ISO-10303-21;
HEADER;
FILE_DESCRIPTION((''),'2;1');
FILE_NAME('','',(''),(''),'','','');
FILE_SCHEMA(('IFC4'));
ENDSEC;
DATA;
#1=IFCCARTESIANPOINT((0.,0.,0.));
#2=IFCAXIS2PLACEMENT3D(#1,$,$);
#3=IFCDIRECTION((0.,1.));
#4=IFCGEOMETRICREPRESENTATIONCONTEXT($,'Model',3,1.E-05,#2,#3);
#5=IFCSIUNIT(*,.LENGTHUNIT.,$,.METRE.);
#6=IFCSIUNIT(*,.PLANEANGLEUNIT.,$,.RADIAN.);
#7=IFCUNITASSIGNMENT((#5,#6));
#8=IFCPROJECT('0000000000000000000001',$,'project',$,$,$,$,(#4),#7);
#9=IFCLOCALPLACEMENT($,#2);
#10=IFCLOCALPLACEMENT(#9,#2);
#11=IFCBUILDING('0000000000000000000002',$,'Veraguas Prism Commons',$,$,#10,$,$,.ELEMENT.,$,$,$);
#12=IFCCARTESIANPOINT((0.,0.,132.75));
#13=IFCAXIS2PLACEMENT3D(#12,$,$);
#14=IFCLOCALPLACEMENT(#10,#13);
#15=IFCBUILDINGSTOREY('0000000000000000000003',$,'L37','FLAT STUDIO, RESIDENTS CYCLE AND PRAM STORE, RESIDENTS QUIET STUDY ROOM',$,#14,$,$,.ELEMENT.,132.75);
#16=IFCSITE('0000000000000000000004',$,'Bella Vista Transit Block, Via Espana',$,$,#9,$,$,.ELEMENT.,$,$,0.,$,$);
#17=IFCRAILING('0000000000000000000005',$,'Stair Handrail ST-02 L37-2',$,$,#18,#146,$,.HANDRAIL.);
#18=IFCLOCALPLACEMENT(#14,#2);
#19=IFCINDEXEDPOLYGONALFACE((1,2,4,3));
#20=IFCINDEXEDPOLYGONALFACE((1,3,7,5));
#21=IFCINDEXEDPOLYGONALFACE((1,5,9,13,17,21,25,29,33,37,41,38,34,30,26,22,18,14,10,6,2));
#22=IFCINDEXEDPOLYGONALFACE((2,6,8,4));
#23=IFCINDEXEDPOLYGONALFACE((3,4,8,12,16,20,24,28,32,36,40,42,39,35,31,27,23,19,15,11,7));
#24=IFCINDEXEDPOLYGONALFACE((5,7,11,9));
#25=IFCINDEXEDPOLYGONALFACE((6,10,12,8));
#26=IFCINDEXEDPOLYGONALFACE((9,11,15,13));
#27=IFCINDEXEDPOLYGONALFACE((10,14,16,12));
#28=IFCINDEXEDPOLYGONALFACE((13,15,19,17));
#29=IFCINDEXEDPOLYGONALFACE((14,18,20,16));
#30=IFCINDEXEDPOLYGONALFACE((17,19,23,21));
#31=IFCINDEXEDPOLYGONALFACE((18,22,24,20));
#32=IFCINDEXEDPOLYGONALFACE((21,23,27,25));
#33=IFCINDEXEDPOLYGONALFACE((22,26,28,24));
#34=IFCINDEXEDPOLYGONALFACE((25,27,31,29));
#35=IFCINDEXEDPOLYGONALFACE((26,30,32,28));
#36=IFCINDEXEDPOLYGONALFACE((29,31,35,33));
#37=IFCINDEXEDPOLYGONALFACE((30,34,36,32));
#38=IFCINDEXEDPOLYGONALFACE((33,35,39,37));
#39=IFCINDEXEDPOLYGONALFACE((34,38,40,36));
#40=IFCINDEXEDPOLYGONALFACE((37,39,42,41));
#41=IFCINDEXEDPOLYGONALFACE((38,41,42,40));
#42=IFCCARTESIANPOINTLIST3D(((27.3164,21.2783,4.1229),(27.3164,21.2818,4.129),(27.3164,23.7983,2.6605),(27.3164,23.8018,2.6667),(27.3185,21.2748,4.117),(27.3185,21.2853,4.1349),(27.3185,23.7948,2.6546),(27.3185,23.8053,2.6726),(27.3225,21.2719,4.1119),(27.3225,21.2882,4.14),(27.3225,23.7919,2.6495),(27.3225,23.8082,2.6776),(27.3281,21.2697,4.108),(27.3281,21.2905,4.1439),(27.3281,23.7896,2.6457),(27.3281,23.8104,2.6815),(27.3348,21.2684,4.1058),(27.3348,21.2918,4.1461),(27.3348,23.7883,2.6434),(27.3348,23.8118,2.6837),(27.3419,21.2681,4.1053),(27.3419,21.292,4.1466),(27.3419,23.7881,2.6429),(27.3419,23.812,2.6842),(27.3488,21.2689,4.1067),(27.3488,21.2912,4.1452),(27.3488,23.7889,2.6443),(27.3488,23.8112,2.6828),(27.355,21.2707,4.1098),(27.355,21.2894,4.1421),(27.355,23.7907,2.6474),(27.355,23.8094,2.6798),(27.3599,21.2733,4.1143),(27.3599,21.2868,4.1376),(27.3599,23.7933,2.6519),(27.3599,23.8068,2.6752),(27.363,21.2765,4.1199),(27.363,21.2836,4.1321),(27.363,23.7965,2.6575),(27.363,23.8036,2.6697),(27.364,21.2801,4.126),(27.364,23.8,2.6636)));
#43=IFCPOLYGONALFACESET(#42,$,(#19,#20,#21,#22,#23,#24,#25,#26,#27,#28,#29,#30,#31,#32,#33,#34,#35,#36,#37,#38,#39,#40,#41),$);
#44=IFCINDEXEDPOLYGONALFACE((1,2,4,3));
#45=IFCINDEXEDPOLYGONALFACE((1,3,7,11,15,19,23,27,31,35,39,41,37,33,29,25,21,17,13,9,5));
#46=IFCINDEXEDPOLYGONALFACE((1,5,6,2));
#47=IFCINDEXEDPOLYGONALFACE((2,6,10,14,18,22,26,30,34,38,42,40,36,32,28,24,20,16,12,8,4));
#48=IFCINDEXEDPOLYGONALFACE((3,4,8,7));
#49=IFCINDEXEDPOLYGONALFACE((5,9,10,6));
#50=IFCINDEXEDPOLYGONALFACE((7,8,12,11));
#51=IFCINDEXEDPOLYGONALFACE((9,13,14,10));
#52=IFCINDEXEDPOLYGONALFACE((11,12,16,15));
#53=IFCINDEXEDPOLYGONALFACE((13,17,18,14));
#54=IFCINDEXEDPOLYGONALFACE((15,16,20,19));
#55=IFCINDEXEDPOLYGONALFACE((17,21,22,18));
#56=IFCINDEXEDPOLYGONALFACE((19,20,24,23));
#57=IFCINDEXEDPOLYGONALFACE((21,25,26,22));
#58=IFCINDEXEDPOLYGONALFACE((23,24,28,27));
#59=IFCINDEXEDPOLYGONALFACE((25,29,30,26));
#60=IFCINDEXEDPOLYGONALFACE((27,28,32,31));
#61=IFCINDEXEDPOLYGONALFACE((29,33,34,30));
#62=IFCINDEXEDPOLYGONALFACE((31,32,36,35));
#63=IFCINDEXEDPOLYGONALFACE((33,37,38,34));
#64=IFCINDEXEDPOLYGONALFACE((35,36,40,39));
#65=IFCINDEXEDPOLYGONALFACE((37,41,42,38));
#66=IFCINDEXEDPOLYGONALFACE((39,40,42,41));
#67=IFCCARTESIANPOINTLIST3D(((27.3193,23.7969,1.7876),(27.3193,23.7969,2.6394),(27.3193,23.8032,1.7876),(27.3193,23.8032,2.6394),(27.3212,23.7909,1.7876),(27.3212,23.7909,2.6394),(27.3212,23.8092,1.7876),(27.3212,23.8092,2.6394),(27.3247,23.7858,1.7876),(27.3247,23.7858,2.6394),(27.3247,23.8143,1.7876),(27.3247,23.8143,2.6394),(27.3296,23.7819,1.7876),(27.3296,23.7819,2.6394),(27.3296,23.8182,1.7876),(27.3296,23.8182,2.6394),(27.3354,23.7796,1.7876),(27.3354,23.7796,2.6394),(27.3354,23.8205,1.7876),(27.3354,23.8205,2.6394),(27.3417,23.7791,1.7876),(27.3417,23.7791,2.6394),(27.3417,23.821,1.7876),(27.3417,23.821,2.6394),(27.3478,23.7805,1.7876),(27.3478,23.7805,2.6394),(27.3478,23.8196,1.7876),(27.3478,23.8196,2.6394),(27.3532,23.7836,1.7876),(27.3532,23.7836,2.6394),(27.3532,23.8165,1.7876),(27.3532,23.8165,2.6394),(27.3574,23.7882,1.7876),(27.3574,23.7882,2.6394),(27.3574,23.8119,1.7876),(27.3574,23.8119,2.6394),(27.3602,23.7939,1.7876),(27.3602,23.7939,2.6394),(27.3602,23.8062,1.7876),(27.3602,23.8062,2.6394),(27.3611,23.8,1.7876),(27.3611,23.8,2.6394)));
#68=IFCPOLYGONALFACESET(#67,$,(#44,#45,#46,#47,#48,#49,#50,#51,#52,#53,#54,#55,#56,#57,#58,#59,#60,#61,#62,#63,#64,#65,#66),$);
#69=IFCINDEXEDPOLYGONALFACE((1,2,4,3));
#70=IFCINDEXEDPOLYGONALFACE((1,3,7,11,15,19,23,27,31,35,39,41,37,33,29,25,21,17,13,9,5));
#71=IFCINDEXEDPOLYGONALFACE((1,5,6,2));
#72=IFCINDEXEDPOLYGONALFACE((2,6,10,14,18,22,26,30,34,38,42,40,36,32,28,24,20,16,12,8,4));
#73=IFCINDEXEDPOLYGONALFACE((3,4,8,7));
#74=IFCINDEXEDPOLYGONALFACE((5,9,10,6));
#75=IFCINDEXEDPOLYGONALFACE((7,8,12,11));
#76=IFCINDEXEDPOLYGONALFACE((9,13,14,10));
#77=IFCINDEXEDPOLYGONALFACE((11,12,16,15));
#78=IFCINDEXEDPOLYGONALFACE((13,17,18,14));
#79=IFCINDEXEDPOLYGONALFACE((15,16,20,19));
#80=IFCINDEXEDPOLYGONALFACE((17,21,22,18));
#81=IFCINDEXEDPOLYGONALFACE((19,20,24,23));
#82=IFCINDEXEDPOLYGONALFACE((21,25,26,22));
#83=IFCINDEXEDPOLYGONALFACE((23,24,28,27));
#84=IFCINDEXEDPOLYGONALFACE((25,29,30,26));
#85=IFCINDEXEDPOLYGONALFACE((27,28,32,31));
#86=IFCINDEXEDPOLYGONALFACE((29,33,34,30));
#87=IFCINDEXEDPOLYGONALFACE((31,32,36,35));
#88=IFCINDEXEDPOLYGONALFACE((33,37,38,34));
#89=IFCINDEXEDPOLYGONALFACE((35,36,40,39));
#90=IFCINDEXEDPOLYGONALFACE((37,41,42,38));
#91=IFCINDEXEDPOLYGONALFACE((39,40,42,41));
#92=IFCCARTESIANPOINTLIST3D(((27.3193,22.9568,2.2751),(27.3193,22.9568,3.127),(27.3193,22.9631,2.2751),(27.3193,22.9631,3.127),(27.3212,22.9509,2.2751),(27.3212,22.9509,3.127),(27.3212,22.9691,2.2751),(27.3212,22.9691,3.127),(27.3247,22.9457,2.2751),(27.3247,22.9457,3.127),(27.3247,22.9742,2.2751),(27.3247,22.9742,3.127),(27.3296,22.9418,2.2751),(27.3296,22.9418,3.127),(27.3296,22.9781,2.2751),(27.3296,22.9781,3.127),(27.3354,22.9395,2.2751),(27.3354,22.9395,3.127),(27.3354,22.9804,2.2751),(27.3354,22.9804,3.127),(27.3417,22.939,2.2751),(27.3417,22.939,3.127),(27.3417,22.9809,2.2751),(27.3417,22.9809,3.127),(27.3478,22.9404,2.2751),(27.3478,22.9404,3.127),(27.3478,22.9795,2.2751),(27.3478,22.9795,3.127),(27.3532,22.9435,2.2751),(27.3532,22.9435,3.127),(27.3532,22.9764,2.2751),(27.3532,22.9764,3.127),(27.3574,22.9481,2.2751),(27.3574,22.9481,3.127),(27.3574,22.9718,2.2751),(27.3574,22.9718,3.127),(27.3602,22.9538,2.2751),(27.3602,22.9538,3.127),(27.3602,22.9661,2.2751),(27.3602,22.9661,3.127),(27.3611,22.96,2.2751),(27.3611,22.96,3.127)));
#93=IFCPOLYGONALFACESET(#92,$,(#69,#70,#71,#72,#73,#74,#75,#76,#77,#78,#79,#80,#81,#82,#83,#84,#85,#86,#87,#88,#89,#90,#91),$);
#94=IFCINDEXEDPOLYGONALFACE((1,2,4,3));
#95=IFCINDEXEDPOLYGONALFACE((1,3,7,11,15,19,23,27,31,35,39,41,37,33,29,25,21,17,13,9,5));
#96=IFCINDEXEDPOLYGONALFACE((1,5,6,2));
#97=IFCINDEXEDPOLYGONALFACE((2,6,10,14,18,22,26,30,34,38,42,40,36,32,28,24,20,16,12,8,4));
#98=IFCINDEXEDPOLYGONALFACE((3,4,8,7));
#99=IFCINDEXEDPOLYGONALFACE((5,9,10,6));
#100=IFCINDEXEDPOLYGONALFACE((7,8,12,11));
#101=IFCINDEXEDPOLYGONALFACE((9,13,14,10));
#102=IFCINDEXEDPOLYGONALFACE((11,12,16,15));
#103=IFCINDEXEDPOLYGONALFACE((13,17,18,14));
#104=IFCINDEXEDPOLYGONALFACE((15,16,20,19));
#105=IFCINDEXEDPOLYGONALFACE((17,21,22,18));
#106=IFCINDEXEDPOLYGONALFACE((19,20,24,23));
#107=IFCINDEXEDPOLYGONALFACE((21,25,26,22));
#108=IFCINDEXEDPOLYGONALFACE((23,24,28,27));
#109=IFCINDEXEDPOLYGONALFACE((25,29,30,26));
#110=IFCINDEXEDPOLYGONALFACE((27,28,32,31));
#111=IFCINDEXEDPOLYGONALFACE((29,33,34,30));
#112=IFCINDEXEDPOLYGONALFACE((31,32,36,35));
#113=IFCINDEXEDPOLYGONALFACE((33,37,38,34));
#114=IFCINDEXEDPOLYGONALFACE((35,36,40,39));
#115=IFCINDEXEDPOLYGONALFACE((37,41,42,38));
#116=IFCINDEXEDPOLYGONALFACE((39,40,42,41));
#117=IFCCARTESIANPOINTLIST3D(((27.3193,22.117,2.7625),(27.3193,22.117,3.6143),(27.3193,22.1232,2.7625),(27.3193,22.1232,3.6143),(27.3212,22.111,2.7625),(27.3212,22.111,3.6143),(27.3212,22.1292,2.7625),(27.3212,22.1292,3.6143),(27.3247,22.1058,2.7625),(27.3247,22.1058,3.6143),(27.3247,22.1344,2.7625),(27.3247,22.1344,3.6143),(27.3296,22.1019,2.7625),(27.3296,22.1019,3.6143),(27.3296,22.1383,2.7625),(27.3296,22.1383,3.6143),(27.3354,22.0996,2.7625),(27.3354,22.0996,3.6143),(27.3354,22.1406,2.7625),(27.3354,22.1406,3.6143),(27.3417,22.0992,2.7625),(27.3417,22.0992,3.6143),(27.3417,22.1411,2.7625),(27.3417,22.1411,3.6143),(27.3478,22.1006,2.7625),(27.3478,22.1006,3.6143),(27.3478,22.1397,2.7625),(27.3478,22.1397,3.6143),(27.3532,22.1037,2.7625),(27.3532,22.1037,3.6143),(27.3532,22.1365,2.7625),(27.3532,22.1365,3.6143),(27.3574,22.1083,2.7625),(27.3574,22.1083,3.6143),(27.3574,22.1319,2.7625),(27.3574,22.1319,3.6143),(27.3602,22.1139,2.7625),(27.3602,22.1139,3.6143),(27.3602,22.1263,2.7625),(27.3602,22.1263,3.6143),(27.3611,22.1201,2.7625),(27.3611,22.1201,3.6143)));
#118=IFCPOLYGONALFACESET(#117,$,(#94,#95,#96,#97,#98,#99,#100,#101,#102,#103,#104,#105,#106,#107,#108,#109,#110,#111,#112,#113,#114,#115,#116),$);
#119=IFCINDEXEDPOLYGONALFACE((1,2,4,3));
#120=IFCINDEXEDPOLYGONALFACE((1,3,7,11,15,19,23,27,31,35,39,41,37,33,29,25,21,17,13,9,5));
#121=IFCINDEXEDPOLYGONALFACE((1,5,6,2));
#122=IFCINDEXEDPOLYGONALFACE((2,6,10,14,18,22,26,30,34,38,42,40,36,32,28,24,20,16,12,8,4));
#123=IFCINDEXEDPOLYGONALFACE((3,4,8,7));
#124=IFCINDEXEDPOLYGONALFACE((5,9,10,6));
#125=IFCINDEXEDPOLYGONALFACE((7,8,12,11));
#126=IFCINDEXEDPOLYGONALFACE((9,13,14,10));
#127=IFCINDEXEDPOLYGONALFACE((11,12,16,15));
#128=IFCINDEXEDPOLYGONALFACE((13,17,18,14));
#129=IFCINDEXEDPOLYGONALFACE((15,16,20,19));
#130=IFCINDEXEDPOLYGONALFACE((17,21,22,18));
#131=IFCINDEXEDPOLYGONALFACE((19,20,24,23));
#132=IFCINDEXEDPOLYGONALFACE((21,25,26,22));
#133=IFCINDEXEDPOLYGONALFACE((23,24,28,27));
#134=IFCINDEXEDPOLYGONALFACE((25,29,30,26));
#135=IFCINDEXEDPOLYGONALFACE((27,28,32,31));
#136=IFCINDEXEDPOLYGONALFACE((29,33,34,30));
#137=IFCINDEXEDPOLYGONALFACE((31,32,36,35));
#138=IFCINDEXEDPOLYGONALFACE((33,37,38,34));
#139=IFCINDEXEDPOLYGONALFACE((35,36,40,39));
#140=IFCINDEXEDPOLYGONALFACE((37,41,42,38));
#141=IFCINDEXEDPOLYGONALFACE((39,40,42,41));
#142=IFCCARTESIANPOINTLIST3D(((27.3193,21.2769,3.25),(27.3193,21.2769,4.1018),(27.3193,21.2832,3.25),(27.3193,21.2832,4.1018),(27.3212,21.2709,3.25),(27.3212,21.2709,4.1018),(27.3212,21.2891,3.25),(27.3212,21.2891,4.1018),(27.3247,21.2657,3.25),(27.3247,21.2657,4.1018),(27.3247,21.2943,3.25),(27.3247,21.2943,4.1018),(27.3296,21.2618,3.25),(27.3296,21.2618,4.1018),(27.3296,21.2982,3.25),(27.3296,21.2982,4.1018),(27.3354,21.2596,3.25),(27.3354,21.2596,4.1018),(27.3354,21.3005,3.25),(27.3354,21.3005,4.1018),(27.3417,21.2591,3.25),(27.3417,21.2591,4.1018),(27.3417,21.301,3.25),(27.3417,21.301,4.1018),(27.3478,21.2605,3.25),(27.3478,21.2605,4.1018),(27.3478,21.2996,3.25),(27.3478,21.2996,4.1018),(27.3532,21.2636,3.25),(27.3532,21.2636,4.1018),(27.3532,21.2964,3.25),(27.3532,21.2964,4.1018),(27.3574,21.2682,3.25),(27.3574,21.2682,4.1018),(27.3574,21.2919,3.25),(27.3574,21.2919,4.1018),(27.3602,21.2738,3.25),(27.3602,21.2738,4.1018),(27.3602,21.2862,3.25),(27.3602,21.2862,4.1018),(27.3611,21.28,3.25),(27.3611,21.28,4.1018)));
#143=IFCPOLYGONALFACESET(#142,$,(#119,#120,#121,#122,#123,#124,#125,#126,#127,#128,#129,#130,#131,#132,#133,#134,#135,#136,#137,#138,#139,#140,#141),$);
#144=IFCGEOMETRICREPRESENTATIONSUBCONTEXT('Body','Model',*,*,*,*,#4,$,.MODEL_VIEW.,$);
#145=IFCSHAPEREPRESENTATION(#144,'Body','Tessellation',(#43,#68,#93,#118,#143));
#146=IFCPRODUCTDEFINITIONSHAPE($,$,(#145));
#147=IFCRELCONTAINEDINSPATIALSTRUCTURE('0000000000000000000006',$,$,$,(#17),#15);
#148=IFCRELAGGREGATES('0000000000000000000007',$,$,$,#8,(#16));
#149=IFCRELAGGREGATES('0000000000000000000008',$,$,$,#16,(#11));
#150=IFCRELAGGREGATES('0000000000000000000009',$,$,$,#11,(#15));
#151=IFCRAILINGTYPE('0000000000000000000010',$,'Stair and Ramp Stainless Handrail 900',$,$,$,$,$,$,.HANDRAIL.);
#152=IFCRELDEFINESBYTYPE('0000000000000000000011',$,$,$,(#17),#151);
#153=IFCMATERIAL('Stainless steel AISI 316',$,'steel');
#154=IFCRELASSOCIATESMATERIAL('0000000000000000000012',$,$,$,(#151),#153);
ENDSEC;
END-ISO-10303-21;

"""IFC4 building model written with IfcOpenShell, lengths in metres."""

from ifc_helpers import new_model, si_unit, direction, frame, origin, origin_2d, place, context, subcontext, project, spatial, circle, extrude, material, type_object, element, save


model = new_model("IFC4")

# Units and contexts
model_context = context("Model", 3, precision=1e-05, world=origin(), true_north=direction((0.0, 1.0)))
body_context = subcontext(model_context, "Body", "Model", "MODEL_VIEW")
ifc_project = project(units=[si_unit("LENGTHUNIT", "METRE"), si_unit("PLANEANGLEUNIT", "RADIAN")], contexts=[model_context])

# Site, building, storey
site_placement = place(None, origin())
site = spatial("IfcSite", under=ifc_project, at=site_placement, Name="Bella Vista Transit Block, Via Espana", CompositionType="ELEMENT", RefElevation=0.0)
building_placement = place(site_placement, origin())
building = spatial("IfcBuilding", under=site, at=building_placement, Name="Veraguas Prism Commons", CompositionType="ELEMENT")
storey_placement = place(building_placement, frame((0.0, 0.0, 132.75)))
storey = spatial("IfcBuildingStorey", under=building, at=storey_placement, Name="L37", Description="FLAT STUDIO, RESIDENTS CYCLE AND PRAM STORE, RESIDENTS QUIET STUDY ROOM", CompositionType="ELEMENT", Elevation=132.75)

# Shared definitions
ifc_material_1 = material(Name="Stainless steel AISI 316", Category="steel")

# Railing
railing_type_1 = type_object("IfcRailingType", Name="Stair and Ramp Stainless Handrail 900", PredefinedType="HANDRAIL", material=ifc_material_1)
railing_1_placement = place(storey_placement, frame((27.3401, 23.8, 1.7876)))
element("IfcRailing", 1, at=railing_1_placement, inside=storey, type_object=railing_type_1, Name="Stair Handrail ST-02 L37-2", PredefinedType="HANDRAIL", context=body_context, shape_type="SweptSolid", body=[
    extrude(circle(Radius=0.0239, at=origin_2d()), frame((0.0, 0.0, 0.876), z_axis=(0.0, -0.864913, 0.501921), x_axis=(1.0, 0.0, 0.0)), (0.0, 0.0, 1.0), 2.9136),
    extrude(circle(Radius=0.021, at=origin_2d()), origin(), (0.0, 0.0, 1.0), 0.8518),
    extrude(circle(Radius=0.021, at=origin_2d()), frame((0.0, -0.8401, 0.4875)), (0.0, 0.0, 1.0), 0.8518),
    extrude(circle(Radius=0.021, at=origin_2d()), frame((0.0, -1.6799, 0.9749)), (0.0, 0.0, 1.0), 0.8518),
    extrude(circle(Radius=0.021, at=origin_2d()), frame((0.0, -2.52, 1.4624)), (0.0, 0.0, 1.0), 0.8518),
])

save(model, "model.ifc")
